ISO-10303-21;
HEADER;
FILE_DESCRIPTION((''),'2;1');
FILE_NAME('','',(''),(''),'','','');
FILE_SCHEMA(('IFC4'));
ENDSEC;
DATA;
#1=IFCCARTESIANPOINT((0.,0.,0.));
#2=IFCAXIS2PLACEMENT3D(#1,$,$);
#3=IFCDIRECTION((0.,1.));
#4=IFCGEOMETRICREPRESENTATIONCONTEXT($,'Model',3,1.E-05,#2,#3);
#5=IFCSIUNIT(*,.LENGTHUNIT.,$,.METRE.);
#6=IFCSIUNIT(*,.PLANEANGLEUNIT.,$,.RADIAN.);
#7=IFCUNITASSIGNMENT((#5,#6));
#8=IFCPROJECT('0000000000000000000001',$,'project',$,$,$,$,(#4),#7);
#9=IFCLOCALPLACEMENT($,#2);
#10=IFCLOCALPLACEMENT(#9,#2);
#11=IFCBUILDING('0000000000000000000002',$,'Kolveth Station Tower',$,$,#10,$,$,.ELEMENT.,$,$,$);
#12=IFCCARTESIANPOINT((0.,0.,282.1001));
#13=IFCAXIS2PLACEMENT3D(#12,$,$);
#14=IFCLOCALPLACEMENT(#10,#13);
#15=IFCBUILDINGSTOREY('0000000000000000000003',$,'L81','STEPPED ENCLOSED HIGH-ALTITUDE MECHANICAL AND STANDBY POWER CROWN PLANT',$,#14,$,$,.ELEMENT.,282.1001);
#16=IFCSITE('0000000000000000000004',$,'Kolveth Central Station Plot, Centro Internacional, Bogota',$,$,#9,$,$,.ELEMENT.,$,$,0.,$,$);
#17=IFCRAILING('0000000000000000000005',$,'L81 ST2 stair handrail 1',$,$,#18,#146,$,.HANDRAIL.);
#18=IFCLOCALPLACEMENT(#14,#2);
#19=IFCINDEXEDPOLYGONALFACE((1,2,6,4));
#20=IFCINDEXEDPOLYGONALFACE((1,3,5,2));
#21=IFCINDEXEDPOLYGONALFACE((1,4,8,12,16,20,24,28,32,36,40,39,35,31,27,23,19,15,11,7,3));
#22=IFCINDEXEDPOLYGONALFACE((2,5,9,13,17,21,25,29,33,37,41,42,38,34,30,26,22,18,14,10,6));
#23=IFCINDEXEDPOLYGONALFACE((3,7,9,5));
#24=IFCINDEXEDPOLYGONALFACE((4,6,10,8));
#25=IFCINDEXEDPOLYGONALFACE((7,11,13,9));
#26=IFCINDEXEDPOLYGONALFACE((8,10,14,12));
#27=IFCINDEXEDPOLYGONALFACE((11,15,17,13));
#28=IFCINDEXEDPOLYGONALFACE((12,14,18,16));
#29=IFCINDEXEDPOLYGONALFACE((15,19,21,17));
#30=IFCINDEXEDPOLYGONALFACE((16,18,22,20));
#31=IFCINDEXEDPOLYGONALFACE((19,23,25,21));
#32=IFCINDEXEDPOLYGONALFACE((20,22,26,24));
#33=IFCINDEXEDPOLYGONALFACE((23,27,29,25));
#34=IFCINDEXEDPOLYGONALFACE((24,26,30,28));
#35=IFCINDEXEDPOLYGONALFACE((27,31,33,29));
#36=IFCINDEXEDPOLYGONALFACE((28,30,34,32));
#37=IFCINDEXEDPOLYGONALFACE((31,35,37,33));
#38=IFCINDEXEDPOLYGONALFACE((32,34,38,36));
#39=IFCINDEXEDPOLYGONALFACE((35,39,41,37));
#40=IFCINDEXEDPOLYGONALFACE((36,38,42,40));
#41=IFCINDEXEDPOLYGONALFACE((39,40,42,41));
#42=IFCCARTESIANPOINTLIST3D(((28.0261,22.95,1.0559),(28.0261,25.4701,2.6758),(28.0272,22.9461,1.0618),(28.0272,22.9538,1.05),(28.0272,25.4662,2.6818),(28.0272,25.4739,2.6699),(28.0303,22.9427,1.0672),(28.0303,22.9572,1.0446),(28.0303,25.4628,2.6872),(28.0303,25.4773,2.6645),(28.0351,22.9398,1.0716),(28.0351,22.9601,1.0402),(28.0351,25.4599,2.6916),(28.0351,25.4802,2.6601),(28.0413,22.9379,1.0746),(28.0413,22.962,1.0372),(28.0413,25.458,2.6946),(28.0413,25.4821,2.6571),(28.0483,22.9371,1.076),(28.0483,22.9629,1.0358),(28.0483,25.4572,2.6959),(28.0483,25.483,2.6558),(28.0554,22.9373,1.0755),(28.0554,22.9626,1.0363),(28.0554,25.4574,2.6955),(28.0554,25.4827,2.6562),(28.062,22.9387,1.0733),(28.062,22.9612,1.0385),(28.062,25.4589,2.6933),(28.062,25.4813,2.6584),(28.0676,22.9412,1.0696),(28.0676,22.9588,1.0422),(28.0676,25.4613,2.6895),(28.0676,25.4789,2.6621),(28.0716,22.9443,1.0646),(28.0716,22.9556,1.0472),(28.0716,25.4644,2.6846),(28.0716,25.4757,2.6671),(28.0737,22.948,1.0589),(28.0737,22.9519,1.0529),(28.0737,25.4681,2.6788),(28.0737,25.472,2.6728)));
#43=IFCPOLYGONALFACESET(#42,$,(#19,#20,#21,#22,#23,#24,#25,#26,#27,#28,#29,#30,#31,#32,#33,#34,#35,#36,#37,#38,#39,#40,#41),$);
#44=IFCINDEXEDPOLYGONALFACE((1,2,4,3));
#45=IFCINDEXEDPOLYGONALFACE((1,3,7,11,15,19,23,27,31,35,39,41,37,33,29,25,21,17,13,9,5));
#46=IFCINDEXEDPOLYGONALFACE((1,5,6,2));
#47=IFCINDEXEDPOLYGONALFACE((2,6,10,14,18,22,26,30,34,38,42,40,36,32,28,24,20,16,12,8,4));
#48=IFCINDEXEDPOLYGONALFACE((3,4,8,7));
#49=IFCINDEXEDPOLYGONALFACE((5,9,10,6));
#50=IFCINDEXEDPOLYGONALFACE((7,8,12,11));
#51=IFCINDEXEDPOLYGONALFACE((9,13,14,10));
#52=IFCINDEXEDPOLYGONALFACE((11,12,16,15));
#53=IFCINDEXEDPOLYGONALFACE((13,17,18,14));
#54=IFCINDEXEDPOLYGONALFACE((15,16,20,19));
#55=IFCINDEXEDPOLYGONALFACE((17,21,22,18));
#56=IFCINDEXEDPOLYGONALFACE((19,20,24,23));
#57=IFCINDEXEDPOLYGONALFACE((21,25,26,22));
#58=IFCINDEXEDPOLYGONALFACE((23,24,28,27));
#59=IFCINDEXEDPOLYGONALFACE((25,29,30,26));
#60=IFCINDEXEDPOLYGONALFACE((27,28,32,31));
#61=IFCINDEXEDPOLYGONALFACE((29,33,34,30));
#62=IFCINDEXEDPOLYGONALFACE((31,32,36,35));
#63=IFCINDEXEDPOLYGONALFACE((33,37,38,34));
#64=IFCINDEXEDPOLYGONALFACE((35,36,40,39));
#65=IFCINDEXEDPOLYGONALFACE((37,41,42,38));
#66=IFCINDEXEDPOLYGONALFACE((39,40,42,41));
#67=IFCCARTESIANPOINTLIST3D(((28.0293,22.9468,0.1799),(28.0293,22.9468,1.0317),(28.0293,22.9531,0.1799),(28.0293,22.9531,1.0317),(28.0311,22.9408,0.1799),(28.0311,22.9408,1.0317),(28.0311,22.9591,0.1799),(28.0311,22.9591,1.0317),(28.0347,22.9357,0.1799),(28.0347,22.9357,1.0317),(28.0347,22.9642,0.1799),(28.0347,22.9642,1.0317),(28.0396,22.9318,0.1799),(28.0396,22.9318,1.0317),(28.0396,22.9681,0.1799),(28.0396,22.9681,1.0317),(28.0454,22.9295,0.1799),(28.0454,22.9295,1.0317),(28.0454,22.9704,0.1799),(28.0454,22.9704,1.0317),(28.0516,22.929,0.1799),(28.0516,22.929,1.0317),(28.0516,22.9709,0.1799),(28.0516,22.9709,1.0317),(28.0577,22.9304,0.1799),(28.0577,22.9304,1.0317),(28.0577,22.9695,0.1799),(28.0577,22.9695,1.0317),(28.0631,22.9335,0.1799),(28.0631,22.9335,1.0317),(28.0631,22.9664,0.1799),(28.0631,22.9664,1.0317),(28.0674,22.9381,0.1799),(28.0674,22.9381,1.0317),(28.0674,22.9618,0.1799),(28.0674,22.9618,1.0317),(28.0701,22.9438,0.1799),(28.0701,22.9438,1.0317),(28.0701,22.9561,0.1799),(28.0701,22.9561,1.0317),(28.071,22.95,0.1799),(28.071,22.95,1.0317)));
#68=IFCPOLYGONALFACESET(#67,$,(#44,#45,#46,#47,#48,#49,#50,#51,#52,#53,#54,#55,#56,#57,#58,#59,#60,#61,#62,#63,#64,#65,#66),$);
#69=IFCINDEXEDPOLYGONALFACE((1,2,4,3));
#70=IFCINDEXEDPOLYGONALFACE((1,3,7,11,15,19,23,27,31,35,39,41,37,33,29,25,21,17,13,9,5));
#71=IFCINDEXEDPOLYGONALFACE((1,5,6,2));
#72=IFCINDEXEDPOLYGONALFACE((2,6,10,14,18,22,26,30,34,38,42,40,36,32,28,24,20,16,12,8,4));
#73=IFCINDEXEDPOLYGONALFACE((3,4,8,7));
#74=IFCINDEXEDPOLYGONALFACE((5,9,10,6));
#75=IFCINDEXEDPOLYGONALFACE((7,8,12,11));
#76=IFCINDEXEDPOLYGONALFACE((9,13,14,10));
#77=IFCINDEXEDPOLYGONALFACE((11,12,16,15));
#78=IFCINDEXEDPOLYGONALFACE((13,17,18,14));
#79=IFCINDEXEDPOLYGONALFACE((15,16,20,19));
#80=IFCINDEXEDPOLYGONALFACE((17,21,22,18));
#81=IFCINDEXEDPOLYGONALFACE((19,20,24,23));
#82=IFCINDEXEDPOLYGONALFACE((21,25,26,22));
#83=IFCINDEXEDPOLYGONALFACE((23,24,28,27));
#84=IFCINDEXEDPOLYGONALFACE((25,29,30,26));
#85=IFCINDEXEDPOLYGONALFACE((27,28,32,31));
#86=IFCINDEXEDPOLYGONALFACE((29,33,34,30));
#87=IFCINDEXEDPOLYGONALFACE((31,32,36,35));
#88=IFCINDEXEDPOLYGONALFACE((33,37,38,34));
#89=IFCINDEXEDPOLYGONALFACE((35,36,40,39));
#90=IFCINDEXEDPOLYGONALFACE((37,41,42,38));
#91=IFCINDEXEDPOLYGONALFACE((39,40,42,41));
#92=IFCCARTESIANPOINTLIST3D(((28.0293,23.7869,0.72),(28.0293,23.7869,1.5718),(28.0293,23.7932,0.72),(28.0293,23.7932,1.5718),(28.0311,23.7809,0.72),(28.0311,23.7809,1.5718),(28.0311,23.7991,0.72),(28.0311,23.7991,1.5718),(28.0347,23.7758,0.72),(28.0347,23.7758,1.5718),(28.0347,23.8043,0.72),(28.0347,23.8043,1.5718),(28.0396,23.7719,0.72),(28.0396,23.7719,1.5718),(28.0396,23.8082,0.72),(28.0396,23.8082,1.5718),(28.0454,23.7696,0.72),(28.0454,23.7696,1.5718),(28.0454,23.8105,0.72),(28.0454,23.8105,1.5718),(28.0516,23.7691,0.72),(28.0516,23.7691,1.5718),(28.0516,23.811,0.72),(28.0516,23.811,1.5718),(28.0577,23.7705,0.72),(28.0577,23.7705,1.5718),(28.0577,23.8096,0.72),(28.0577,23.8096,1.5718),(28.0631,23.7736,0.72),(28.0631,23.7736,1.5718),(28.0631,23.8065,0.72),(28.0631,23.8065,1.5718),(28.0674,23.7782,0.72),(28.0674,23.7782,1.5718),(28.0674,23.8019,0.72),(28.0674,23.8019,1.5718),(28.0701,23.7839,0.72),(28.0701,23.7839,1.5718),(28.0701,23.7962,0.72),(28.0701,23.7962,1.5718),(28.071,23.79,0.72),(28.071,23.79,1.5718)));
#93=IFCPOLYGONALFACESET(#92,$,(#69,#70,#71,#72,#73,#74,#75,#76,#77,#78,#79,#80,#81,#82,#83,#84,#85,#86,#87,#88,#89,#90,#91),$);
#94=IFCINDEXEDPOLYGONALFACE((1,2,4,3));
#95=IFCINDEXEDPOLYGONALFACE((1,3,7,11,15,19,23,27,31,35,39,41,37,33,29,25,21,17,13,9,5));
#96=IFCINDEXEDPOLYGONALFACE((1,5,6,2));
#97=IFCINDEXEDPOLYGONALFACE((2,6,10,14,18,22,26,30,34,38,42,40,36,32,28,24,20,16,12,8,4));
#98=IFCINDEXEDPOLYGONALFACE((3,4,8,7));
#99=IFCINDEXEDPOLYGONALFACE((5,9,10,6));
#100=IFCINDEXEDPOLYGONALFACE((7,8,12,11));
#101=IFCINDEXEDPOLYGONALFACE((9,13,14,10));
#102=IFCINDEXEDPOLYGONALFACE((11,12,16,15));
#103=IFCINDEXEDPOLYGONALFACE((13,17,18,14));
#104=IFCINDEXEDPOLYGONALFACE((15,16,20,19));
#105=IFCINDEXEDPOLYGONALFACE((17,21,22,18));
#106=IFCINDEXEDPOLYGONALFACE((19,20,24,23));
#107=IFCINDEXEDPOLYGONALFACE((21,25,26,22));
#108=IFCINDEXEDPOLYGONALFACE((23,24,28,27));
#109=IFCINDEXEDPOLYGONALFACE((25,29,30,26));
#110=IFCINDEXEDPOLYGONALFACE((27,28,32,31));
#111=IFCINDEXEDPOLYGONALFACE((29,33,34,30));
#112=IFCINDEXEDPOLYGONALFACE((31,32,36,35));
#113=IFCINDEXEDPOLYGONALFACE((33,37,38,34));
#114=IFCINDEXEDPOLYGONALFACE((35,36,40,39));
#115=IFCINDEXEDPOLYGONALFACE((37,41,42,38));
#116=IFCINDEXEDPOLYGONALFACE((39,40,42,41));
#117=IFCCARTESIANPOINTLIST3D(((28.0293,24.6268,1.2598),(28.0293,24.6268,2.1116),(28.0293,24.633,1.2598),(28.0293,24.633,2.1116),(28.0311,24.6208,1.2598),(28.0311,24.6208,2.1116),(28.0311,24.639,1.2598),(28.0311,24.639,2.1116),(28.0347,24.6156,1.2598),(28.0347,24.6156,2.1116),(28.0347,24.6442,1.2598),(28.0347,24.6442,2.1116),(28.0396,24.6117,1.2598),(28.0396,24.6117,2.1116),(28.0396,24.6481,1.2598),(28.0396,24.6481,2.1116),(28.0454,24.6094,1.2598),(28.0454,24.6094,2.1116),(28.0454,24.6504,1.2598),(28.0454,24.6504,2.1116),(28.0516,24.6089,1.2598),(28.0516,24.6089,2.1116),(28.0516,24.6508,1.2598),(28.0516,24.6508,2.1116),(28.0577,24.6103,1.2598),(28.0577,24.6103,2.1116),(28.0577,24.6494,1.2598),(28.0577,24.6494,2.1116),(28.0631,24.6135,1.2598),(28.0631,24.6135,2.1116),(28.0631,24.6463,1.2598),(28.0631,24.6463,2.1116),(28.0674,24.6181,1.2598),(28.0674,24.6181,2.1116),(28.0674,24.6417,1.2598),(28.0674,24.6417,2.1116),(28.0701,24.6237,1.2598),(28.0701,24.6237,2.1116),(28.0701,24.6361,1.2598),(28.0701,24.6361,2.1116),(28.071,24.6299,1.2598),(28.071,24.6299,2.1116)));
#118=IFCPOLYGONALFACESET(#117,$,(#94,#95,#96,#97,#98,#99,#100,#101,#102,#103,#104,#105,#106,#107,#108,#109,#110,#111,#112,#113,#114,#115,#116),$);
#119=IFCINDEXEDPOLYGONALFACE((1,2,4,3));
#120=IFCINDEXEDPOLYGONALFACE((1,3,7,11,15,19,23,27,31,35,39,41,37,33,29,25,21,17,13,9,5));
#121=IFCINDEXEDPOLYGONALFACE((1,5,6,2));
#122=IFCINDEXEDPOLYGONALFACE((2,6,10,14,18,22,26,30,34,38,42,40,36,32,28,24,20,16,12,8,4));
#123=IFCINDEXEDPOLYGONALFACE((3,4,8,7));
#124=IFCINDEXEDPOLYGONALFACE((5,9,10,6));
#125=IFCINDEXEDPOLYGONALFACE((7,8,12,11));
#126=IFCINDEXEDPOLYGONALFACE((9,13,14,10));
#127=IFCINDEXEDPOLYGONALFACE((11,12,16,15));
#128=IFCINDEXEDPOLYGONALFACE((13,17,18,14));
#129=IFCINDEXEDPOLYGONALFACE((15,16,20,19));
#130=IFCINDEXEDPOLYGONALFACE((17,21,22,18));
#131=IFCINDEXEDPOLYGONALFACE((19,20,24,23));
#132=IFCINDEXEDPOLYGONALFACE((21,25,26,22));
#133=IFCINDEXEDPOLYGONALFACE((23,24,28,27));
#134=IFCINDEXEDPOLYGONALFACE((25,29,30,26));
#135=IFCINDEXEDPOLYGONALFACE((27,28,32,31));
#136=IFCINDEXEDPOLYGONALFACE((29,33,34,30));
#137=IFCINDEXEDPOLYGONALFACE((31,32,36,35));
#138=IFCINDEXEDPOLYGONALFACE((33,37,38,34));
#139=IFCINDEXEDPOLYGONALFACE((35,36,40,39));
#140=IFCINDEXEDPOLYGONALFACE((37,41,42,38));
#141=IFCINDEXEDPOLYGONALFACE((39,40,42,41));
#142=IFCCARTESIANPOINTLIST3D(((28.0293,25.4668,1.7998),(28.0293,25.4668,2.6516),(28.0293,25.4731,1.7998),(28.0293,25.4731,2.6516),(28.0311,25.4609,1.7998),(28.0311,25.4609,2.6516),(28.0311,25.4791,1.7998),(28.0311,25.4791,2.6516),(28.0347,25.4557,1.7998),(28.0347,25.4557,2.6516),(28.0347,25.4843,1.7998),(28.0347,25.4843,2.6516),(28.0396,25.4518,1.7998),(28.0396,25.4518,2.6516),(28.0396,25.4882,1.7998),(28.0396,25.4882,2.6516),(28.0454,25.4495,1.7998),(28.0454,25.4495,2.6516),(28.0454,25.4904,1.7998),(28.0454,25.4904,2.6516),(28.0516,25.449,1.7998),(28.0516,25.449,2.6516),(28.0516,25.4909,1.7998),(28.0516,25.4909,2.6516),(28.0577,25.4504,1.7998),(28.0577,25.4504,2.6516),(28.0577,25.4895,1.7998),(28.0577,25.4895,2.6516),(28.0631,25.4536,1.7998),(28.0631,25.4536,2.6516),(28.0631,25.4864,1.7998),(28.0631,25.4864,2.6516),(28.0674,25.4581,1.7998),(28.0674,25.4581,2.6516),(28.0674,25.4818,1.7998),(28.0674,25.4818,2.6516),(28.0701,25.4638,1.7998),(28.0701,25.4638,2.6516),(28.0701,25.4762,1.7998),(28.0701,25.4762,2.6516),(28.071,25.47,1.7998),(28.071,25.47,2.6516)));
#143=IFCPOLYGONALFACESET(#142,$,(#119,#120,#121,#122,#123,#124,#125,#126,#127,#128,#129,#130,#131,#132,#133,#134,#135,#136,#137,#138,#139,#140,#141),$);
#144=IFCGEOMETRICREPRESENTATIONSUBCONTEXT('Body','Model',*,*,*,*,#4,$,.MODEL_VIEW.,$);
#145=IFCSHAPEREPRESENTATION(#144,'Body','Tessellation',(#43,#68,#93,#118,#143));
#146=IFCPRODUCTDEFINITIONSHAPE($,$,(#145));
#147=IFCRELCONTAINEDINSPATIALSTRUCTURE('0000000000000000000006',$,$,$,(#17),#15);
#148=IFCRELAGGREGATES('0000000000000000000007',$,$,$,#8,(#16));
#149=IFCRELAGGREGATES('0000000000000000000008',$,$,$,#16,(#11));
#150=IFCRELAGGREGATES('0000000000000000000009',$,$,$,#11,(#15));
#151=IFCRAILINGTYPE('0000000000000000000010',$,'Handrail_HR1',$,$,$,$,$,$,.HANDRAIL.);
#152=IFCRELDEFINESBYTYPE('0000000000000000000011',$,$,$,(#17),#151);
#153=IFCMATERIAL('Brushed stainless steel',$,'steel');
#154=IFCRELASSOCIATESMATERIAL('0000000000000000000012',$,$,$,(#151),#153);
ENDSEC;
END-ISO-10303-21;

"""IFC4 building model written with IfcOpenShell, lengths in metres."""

from ifc_helpers import new_model, si_unit, direction, frame, origin, origin_2d, place, context, subcontext, project, spatial, circle, extrude, material, type_object, element, save


model = new_model("IFC4")

# Units and contexts
model_context = context("Model", 3, precision=1e-05, world=origin(), true_north=direction((0.0, 1.0)))
body_context = subcontext(model_context, "Body", "Model", "MODEL_VIEW")
ifc_project = project(units=[si_unit("LENGTHUNIT", "METRE"), si_unit("PLANEANGLEUNIT", "RADIAN")], contexts=[model_context])

# Site, building, storey
site_placement = place(None, origin())
site = spatial("IfcSite", under=ifc_project, at=site_placement, Name="Kolveth Central Station Plot, Centro Internacional, Bogota", CompositionType="ELEMENT", RefElevation=0.0)
building_placement = place(site_placement, origin())
building = spatial("IfcBuilding", under=site, at=building_placement, Name="Kolveth Station Tower", CompositionType="ELEMENT")
storey_placement = place(building_placement, frame((0.0, 0.0, 282.1001)))
storey = spatial("IfcBuildingStorey", under=building, at=storey_placement, Name="L81", Description="STEPPED ENCLOSED HIGH-ALTITUDE MECHANICAL AND STANDBY POWER CROWN PLANT", CompositionType="ELEMENT", Elevation=282.1001)

# Railing
ifc_material_1 = material(Name="Brushed stainless steel", Category="steel")
railing_type_1 = type_object("IfcRailingType", Name="Handrail_HR1", PredefinedType="HANDRAIL", material=ifc_material_1)
railing_1_placement = place(storey_placement, frame((28.05, 22.95, 0.1799)))
element("IfcRailing", 1, at=railing_1_placement, inside=storey, type_object=railing_type_1, Name="L81 ST2 stair handrail 1", PredefinedType="HANDRAIL", context=body_context, shape_type="SweptSolid", body=[
    extrude(circle(Radius=0.0239, at=origin_2d()), frame((0.0, 0.0, 0.876), z_axis=(0.0, 0.8412, 0.540725), x_axis=(-1.0, 0.0, 0.0)), (0.0, 0.0, 1.0), 2.9958),
    extrude(circle(Radius=0.021, at=origin_2d()), origin(), (0.0, 0.0, 1.0), 0.8518),
    extrude(circle(Radius=0.021, at=origin_2d()), frame((0.0, 0.8401, 0.54)), (0.0, 0.0, 1.0), 0.8518),
    extrude(circle(Radius=0.021, at=origin_2d()), frame((0.0, 1.6799, 1.0798)), (0.0, 0.0, 1.0), 0.8518),
    extrude(circle(Radius=0.021, at=origin_2d()), frame((0.0, 2.52, 1.6199)), (0.0, 0.0, 1.0), 0.8518),
])

save(model, "model.ifc")
